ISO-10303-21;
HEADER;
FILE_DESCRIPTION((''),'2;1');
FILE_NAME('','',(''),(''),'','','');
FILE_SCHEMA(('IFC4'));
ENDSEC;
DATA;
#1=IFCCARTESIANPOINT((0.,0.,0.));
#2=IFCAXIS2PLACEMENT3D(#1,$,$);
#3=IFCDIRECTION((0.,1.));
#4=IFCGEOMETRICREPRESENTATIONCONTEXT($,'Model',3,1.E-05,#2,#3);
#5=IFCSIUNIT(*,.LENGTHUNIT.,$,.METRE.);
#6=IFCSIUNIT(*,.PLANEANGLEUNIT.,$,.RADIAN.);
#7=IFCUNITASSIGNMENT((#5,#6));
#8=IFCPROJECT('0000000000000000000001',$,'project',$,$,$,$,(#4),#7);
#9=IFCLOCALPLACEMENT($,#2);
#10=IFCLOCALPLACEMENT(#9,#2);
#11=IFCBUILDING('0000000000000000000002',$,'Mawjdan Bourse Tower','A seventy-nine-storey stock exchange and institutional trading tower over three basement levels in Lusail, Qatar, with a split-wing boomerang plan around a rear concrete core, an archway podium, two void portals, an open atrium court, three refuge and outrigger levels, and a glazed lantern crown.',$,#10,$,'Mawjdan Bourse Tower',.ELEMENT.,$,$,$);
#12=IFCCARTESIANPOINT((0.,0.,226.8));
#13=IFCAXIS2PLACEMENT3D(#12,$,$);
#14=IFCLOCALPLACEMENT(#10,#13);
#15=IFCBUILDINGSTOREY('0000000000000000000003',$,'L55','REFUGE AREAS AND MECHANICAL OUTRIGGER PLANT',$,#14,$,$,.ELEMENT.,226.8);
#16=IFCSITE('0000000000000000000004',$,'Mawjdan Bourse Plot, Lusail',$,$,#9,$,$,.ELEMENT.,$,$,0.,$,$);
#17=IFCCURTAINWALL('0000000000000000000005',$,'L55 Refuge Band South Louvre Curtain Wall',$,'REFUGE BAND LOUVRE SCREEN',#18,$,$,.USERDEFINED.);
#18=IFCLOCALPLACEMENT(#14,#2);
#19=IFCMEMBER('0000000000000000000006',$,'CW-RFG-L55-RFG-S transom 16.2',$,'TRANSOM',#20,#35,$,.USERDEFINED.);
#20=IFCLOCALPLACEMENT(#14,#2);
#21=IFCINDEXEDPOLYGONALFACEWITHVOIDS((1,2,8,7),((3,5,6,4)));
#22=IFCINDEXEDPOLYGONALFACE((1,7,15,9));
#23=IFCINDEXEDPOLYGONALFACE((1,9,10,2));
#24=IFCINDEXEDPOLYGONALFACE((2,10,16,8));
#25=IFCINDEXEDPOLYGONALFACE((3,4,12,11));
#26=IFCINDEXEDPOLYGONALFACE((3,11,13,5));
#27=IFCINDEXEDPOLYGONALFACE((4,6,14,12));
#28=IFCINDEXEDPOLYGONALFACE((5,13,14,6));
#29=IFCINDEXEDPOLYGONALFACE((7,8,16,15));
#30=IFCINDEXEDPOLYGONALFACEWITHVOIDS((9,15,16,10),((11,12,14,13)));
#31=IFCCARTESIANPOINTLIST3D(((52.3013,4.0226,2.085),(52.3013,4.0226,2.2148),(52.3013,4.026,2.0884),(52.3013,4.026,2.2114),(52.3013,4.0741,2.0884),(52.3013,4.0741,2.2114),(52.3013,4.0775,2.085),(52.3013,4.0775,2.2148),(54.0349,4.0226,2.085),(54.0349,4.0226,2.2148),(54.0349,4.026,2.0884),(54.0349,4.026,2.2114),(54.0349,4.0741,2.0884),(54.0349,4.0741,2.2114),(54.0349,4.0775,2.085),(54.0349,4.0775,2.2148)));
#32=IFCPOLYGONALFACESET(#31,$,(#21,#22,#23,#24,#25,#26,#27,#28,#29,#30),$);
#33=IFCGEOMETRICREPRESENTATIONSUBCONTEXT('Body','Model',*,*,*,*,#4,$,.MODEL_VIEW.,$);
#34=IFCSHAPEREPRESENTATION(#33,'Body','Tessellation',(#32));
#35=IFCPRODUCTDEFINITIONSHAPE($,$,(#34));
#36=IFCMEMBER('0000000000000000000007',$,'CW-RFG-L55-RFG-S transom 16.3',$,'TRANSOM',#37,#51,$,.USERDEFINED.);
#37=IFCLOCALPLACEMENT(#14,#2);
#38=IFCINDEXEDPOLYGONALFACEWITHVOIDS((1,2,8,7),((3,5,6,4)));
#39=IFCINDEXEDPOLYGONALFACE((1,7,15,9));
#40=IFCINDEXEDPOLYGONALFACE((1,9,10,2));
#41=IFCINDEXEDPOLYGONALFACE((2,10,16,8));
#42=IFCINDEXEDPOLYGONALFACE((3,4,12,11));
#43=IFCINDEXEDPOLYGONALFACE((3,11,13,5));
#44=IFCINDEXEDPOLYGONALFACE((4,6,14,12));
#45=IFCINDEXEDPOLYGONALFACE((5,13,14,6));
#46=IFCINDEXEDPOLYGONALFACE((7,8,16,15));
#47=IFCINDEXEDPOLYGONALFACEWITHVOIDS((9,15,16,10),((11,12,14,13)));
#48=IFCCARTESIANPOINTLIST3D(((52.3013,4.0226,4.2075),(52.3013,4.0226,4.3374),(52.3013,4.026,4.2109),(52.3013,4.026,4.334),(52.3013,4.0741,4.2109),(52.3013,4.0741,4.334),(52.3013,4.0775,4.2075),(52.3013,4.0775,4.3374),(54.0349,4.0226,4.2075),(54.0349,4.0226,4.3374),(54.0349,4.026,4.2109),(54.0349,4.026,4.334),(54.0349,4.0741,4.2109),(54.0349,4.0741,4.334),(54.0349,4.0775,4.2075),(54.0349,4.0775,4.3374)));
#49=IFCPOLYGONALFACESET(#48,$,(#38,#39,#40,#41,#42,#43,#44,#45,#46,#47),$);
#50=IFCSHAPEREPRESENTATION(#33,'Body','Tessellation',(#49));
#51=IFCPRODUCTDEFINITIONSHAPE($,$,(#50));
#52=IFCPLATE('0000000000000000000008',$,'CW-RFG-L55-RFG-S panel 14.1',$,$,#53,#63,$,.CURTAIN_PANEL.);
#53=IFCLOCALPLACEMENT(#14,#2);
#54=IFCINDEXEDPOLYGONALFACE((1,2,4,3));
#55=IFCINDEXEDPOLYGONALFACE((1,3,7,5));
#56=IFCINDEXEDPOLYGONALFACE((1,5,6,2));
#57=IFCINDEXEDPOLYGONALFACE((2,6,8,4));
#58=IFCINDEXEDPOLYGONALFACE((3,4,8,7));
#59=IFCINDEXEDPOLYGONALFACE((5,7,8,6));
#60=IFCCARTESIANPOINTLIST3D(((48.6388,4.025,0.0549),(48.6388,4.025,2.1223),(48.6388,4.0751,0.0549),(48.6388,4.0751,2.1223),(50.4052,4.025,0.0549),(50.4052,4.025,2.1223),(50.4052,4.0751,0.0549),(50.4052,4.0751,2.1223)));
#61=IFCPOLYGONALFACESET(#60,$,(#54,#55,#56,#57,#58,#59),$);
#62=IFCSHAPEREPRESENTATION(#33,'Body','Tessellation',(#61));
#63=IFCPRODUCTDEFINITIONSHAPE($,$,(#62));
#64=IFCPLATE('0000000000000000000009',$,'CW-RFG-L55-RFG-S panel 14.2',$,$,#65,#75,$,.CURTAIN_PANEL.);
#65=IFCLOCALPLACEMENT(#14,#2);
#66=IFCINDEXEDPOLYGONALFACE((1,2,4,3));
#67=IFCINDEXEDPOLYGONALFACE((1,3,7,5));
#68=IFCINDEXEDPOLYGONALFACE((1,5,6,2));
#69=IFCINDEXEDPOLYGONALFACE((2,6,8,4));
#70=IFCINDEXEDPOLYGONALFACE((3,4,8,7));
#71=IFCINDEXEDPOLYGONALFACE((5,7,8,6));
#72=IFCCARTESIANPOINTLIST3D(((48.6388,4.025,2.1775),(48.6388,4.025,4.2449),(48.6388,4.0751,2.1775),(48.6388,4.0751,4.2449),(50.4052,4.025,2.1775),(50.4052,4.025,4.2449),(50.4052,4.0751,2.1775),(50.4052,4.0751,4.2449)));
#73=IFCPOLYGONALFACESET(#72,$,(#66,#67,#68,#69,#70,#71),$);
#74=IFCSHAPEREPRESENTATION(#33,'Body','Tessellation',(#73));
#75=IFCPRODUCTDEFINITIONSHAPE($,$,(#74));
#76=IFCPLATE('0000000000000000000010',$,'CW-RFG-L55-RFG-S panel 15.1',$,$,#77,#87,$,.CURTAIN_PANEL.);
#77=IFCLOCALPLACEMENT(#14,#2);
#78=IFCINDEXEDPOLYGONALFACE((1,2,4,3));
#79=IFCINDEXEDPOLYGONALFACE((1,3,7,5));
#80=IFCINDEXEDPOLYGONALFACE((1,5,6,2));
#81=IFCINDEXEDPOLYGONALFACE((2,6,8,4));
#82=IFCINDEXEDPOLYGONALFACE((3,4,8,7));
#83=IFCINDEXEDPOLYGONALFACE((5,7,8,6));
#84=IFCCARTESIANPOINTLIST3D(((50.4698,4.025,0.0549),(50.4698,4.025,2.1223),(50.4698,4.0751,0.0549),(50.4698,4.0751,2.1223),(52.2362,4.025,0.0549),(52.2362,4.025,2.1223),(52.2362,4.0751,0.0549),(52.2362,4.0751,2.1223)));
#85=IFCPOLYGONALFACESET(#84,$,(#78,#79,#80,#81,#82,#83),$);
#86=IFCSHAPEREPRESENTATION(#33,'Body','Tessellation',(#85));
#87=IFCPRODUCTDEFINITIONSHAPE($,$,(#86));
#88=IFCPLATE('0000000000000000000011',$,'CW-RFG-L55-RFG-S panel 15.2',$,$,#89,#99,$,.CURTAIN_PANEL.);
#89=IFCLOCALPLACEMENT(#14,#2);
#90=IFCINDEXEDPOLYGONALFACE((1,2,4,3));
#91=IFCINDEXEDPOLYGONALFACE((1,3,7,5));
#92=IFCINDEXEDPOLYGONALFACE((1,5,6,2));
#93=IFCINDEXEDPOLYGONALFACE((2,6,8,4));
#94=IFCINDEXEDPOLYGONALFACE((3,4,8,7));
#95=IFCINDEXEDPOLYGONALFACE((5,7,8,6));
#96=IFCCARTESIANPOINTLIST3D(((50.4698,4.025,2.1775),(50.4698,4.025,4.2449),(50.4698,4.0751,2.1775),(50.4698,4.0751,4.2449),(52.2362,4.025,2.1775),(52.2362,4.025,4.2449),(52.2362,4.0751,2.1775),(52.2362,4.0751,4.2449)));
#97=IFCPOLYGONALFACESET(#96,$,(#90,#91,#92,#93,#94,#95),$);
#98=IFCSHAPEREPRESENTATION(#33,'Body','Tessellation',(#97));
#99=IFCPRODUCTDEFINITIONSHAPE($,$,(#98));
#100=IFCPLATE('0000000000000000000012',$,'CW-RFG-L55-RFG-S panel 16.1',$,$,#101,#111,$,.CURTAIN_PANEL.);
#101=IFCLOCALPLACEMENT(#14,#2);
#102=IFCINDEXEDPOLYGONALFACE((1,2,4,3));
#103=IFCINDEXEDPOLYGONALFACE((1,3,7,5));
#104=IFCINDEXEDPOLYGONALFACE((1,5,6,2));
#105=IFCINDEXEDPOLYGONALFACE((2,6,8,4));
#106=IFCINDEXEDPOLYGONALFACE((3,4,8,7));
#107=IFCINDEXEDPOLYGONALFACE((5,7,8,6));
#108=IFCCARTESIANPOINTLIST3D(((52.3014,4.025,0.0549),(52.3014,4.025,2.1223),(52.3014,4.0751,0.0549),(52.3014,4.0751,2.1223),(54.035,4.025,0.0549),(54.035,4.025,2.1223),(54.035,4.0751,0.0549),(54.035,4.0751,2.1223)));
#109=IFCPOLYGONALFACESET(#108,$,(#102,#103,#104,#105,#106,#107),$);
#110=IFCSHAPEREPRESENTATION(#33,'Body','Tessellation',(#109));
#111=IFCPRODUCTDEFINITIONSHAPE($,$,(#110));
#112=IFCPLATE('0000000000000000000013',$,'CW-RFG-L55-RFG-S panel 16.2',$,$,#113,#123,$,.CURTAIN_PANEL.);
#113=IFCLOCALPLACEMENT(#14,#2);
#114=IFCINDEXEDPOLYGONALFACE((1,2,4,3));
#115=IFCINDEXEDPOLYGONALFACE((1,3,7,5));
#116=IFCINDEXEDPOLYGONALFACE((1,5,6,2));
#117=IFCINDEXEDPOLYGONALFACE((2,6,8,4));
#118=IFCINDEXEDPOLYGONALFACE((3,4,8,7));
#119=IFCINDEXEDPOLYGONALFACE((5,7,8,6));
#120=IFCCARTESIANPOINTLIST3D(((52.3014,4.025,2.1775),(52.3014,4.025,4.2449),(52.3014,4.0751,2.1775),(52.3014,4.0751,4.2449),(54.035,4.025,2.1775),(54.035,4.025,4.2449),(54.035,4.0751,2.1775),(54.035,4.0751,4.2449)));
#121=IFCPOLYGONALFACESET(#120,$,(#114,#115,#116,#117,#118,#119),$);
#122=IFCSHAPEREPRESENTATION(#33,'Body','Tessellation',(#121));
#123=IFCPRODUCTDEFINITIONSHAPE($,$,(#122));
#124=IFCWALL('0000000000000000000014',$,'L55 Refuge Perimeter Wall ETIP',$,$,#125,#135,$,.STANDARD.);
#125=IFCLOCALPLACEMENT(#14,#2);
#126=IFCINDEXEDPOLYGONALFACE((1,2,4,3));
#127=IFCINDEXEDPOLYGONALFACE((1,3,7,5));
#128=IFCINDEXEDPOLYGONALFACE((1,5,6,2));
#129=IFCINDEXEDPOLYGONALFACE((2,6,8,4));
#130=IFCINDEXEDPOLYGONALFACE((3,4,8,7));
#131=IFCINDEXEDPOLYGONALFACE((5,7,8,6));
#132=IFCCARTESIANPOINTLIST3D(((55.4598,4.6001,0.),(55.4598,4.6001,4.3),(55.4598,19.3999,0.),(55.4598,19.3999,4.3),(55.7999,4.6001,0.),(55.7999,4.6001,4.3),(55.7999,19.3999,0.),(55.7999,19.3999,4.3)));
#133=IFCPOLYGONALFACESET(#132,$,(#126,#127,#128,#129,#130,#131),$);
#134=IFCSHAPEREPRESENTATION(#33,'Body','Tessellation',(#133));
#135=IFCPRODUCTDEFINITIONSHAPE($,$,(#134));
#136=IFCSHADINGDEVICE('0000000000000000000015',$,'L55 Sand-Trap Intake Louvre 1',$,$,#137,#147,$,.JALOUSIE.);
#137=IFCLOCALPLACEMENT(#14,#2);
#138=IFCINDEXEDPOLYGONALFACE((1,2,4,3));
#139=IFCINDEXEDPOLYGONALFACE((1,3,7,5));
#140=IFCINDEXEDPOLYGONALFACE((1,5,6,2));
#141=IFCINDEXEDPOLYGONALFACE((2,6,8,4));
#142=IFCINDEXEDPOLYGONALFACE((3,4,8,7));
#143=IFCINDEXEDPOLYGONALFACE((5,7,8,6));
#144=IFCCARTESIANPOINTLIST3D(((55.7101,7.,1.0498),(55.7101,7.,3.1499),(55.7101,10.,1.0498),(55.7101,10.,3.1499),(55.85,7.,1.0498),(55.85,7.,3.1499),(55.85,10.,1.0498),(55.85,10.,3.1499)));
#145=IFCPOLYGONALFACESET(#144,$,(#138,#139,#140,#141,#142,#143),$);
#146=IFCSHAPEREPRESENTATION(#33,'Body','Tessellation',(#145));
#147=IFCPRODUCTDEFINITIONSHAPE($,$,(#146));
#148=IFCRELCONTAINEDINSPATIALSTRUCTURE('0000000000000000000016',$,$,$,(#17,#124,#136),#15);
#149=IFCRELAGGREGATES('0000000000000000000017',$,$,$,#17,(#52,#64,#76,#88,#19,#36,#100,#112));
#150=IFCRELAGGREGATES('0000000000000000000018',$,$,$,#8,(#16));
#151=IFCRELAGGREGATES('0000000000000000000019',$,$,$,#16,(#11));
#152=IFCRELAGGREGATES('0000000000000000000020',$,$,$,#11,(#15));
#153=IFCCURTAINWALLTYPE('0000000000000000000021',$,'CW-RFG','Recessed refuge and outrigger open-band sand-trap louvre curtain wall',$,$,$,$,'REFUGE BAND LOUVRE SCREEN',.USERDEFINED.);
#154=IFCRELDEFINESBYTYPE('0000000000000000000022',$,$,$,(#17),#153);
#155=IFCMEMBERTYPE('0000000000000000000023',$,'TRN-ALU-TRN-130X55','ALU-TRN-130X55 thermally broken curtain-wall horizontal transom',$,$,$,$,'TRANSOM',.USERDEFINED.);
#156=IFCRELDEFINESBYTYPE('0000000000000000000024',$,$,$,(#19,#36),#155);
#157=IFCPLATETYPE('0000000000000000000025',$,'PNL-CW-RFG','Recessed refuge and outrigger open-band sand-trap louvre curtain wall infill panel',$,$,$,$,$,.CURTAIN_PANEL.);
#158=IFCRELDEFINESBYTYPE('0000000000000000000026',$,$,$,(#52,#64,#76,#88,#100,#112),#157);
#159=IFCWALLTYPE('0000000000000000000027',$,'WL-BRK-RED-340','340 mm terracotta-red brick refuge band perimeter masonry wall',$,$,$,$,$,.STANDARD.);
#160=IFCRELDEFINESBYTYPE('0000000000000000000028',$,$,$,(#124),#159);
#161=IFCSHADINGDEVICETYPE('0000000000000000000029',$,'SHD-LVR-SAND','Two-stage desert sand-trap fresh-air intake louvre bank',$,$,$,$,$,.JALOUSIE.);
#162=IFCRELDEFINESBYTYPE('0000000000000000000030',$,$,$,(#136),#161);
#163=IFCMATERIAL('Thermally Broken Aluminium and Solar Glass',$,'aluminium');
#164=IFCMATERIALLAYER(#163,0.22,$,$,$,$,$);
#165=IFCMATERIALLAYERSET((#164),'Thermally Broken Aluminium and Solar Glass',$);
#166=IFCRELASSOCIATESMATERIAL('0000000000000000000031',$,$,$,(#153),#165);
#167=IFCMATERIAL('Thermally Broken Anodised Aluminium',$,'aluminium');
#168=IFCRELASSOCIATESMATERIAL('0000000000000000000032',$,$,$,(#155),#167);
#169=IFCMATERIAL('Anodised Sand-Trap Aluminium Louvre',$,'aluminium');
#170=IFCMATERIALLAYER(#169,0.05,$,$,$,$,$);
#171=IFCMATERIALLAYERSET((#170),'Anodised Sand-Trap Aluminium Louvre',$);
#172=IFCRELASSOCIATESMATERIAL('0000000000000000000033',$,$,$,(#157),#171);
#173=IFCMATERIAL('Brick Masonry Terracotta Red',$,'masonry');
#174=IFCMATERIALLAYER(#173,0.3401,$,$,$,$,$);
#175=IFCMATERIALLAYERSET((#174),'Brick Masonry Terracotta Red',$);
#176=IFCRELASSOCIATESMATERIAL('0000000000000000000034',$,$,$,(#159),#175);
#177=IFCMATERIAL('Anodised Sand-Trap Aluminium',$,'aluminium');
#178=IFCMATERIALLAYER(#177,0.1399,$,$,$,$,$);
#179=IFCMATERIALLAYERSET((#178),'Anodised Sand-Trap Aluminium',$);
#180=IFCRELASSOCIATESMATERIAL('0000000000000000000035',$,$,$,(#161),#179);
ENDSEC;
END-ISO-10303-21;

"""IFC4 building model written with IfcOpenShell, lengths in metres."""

from ifc_helpers import new_model, si_unit, direction, frame, frame_2d, origin, origin_2d, place, context, subcontext, project, spatial, rectangle, hollow_rectangle, extrude, material, layer, layer_set, material_profile, profile_set, type_object, element, aggregate, save


model = new_model("IFC4")

# Units and contexts
model_context = context("Model", 3, precision=1e-05, world=origin(), true_north=direction((0.0, 1.0)))
body_context = subcontext(model_context, "Body", "Model", "MODEL_VIEW")
ifc_project = project(units=[si_unit("LENGTHUNIT", "METRE"), si_unit("PLANEANGLEUNIT", "RADIAN")], contexts=[model_context])

# Site, building, storey
site_placement = place(None, origin())
site = spatial("IfcSite", under=ifc_project, at=site_placement, Name="Mawjdan Bourse Plot, Lusail", CompositionType="ELEMENT", RefElevation=0.0)
building_placement = place(site_placement, origin())
building = spatial("IfcBuilding", under=site, at=building_placement, Name="Mawjdan Bourse Tower", Description="A seventy-nine-storey stock exchange and institutional trading tower over three basement levels in Lusail, Qatar, with a split-wing boomerang plan around a rear concrete core, an archway podium, two void portals, an open atrium court, three refuge and outrigger levels, and a glazed lantern crown.", LongName="Mawjdan Bourse Tower", CompositionType="ELEMENT")
storey_placement = place(building_placement, frame((0.0, 0.0, 226.8)))
storey = spatial("IfcBuildingStorey", under=building, at=storey_placement, Name="L55", Description="REFUGE AREAS AND MECHANICAL OUTRIGGER PLANT", CompositionType="ELEMENT", Elevation=226.8)

# Curtain wall
ifc_material_1 = material(Name="Thermally Broken Aluminium and Solar Glass", Category="aluminium")
ifc_layer_1 = layer(ifc_material_1, 0.22)
ifc_layer_set_1 = layer_set([ifc_layer_1], Name="Thermally Broken Aluminium and Solar Glass")
curtain_wall_type = type_object("IfcCurtainWallType", Name="CW-RFG", Description="Recessed refuge and outrigger open-band sand-trap louvre curtain wall", ElementType="REFUGE BAND LOUVRE SCREEN", PredefinedType="USERDEFINED", material=ifc_layer_set_1)
curtain_wall_placement = place(storey_placement, origin())
curtain_wall = element("IfcCurtainWall", 1, at=curtain_wall_placement, inside=storey, type_object=curtain_wall_type, Name="L55 Refuge Band South Louvre Curtain Wall", ObjectType="REFUGE BAND LOUVRE SCREEN", PredefinedType="USERDEFINED")
ifc_material_2 = material(Name="Thermally Broken Anodised Aluminium", Category="aluminium")

# Members
ifc_material_profile_1 = material_profile(ifc_material_2, hollow_rectangle(XDim=0.0549, YDim=0.1299, WallThickness=0.0034, at=origin_2d()), Name="ALU-TRN-130X55")
ifc_profile_set_1 = profile_set([ifc_material_profile_1], Name="Thermally Broken Anodised Aluminium")
member_type_1 = type_object("IfcMemberType", Name="TRN-ALU-TRN-130X55", Description="ALU-TRN-130X55 thermally broken curtain-wall horizontal transom", ElementType="TRANSOM", PredefinedType="USERDEFINED", material=ifc_profile_set_1)
member_1_placement = place(storey_placement, frame((52.3013, 4.05, 2.1499), z_axis=(1.0, 0.0, 0.0), x_axis=(0.0, 1.0, 0.0)))
member_1 = element("IfcMember", 2, at=member_1_placement, type_object=member_type_1, Name="CW-RFG-L55-RFG-S transom 16.2", ObjectType="TRANSOM", PredefinedType="USERDEFINED", context=body_context, shape_type="SweptSolid", body=[
    extrude(hollow_rectangle(XDim=0.0549, YDim=0.1299, WallThickness=0.0034, at=origin_2d()), origin(), (0.0, 0.0, 1.0), 1.7336),
])
member_2_placement = place(storey_placement, frame((52.3013, 4.05, 4.2725), z_axis=(1.0, 0.0, 0.0), x_axis=(0.0, 1.0, 0.0)))
member_2 = element("IfcMember", 3, at=member_2_placement, type_object=member_type_1, Name="CW-RFG-L55-RFG-S transom 16.3", ObjectType="TRANSOM", PredefinedType="USERDEFINED", context=body_context, shape_type="SweptSolid", body=[
    extrude(hollow_rectangle(XDim=0.0549, YDim=0.1299, WallThickness=0.0034, at=origin_2d()), origin(), (0.0, 0.0, 1.0), 1.7336),
])

# Plates
ifc_material_3 = material(Name="Anodised Sand-Trap Aluminium Louvre", Category="aluminium")
ifc_layer_2 = layer(ifc_material_3, 0.05)
ifc_layer_set_2 = layer_set([ifc_layer_2], Name="Anodised Sand-Trap Aluminium Louvre")
plate_type = type_object("IfcPlateType", Name="PNL-CW-RFG", Description="Recessed refuge and outrigger open-band sand-trap louvre curtain wall infill panel", PredefinedType="CURTAIN_PANEL", material=ifc_layer_set_2)
plate_1_placement = place(storey_placement, frame((49.522, 4.05, 0.0549), z_axis=(0.0, 0.0, 1.0), x_axis=(1.0, 0.0, 0.0)))
plate_1 = element("IfcPlate", 4, at=plate_1_placement, type_object=plate_type, Name="CW-RFG-L55-RFG-S panel 14.1", PredefinedType="CURTAIN_PANEL", context=body_context, shape_type="SweptSolid", body=[
    extrude(rectangle(XDim=1.7664, YDim=0.05, at=origin_2d()), origin(), (0.0, 0.0, 1.0), 2.0674),
])
plate_2_placement = place(storey_placement, frame((49.522, 4.05, 2.1775), z_axis=(0.0, 0.0, 1.0), x_axis=(1.0, 0.0, 0.0)))
plate_2 = element("IfcPlate", 5, at=plate_2_placement, type_object=plate_type, Name="CW-RFG-L55-RFG-S panel 14.2", PredefinedType="CURTAIN_PANEL", context=body_context, shape_type="SweptSolid", body=[
    extrude(rectangle(XDim=1.7664, YDim=0.05, at=origin_2d()), origin(), (0.0, 0.0, 1.0), 2.0674),
])
plate_3_placement = place(storey_placement, frame((51.353, 4.05, 0.0549), z_axis=(0.0, 0.0, 1.0), x_axis=(1.0, 0.0, 0.0)))
plate_3 = element("IfcPlate", 6, at=plate_3_placement, type_object=plate_type, Name="CW-RFG-L55-RFG-S panel 15.1", PredefinedType="CURTAIN_PANEL", context=body_context, shape_type="SweptSolid", body=[
    extrude(rectangle(XDim=1.7664, YDim=0.05, at=origin_2d()), origin(), (0.0, 0.0, 1.0), 2.0674),
])
plate_4_placement = place(storey_placement, frame((51.353, 4.05, 2.1775), z_axis=(0.0, 0.0, 1.0), x_axis=(1.0, 0.0, 0.0)))
plate_4 = element("IfcPlate", 7, at=plate_4_placement, type_object=plate_type, Name="CW-RFG-L55-RFG-S panel 15.2", PredefinedType="CURTAIN_PANEL", context=body_context, shape_type="SweptSolid", body=[
    extrude(rectangle(XDim=1.7664, YDim=0.05, at=origin_2d()), origin(), (0.0, 0.0, 1.0), 2.0674),
])
plate_5_placement = place(storey_placement, frame((53.1682, 4.05, 0.0549), z_axis=(0.0, 0.0, 1.0), x_axis=(1.0, 0.0, 0.0)))
plate_5 = element("IfcPlate", 8, at=plate_5_placement, type_object=plate_type, Name="CW-RFG-L55-RFG-S panel 16.1", PredefinedType="CURTAIN_PANEL", context=body_context, shape_type="SweptSolid", body=[
    extrude(rectangle(XDim=1.7336, YDim=0.05, at=origin_2d()), origin(), (0.0, 0.0, 1.0), 2.0674),
])
plate_6_placement = place(storey_placement, frame((53.1682, 4.05, 2.1775), z_axis=(0.0, 0.0, 1.0), x_axis=(1.0, 0.0, 0.0)))
plate_6 = element("IfcPlate", 9, at=plate_6_placement, type_object=plate_type, Name="CW-RFG-L55-RFG-S panel 16.2", PredefinedType="CURTAIN_PANEL", context=body_context, shape_type="SweptSolid", body=[
    extrude(rectangle(XDim=1.7336, YDim=0.05, at=origin_2d()), origin(), (0.0, 0.0, 1.0), 2.0674),
])
aggregate(curtain_wall, [plate_1, plate_2, plate_3, plate_4, member_1, member_2, plate_5, plate_6])

# Wall
ifc_material_4 = material(Name="Brick Masonry Terracotta Red", Category="masonry")
ifc_layer_3 = layer(ifc_material_4, 0.3401)
ifc_layer_set_3 = layer_set([ifc_layer_3], Name="Brick Masonry Terracotta Red")
wall_type = type_object("IfcWallType", Name="WL-BRK-RED-340", Description="340 mm terracotta-red brick refuge band perimeter masonry wall", PredefinedType="STANDARD", material=ifc_layer_set_3)
wall_placement = place(storey_placement, frame((55.6299, 4.6001, 0.0), z_axis=(0.0, 0.0, 1.0), x_axis=(0.0, 1.0, 0.0)))
element("IfcWall", 10, at=wall_placement, inside=storey, type_object=wall_type, Name="L55 Refuge Perimeter Wall ETIP", PredefinedType="STANDARD", context=body_context, shape_type="SweptSolid", body=[
    extrude(rectangle(XDim=14.7998, YDim=0.3401, at=frame_2d((7.3999, 0.0))), origin(), (0.0, 0.0, 1.0), 4.3),
])

# Shading device
ifc_material_5 = material(Name="Anodised Sand-Trap Aluminium", Category="aluminium")
ifc_layer_4 = layer(ifc_material_5, 0.1399)
ifc_layer_set_4 = layer_set([ifc_layer_4], Name="Anodised Sand-Trap Aluminium")
shading_device_type = type_object("IfcShadingDeviceType", Name="SHD-LVR-SAND", Description="Two-stage desert sand-trap fresh-air intake louvre bank", PredefinedType="JALOUSIE", material=ifc_layer_set_4)
shading_device_placement = place(storey_placement, frame((55.78, 8.5, 1.0498), z_axis=(0.0, 0.0, 1.0), x_axis=(1.0, 0.0, 0.0)))
element("IfcShadingDevice", 11, at=shading_device_placement, inside=storey, type_object=shading_device_type, Name="L55 Sand-Trap Intake Louvre 1", PredefinedType="JALOUSIE", context=body_context, shape_type="SweptSolid", body=[
    extrude(rectangle(XDim=0.1399, YDim=3.0, at=origin_2d()), origin(), (0.0, 0.0, 1.0), 2.1001),
])

save(model, "model.ifc")
